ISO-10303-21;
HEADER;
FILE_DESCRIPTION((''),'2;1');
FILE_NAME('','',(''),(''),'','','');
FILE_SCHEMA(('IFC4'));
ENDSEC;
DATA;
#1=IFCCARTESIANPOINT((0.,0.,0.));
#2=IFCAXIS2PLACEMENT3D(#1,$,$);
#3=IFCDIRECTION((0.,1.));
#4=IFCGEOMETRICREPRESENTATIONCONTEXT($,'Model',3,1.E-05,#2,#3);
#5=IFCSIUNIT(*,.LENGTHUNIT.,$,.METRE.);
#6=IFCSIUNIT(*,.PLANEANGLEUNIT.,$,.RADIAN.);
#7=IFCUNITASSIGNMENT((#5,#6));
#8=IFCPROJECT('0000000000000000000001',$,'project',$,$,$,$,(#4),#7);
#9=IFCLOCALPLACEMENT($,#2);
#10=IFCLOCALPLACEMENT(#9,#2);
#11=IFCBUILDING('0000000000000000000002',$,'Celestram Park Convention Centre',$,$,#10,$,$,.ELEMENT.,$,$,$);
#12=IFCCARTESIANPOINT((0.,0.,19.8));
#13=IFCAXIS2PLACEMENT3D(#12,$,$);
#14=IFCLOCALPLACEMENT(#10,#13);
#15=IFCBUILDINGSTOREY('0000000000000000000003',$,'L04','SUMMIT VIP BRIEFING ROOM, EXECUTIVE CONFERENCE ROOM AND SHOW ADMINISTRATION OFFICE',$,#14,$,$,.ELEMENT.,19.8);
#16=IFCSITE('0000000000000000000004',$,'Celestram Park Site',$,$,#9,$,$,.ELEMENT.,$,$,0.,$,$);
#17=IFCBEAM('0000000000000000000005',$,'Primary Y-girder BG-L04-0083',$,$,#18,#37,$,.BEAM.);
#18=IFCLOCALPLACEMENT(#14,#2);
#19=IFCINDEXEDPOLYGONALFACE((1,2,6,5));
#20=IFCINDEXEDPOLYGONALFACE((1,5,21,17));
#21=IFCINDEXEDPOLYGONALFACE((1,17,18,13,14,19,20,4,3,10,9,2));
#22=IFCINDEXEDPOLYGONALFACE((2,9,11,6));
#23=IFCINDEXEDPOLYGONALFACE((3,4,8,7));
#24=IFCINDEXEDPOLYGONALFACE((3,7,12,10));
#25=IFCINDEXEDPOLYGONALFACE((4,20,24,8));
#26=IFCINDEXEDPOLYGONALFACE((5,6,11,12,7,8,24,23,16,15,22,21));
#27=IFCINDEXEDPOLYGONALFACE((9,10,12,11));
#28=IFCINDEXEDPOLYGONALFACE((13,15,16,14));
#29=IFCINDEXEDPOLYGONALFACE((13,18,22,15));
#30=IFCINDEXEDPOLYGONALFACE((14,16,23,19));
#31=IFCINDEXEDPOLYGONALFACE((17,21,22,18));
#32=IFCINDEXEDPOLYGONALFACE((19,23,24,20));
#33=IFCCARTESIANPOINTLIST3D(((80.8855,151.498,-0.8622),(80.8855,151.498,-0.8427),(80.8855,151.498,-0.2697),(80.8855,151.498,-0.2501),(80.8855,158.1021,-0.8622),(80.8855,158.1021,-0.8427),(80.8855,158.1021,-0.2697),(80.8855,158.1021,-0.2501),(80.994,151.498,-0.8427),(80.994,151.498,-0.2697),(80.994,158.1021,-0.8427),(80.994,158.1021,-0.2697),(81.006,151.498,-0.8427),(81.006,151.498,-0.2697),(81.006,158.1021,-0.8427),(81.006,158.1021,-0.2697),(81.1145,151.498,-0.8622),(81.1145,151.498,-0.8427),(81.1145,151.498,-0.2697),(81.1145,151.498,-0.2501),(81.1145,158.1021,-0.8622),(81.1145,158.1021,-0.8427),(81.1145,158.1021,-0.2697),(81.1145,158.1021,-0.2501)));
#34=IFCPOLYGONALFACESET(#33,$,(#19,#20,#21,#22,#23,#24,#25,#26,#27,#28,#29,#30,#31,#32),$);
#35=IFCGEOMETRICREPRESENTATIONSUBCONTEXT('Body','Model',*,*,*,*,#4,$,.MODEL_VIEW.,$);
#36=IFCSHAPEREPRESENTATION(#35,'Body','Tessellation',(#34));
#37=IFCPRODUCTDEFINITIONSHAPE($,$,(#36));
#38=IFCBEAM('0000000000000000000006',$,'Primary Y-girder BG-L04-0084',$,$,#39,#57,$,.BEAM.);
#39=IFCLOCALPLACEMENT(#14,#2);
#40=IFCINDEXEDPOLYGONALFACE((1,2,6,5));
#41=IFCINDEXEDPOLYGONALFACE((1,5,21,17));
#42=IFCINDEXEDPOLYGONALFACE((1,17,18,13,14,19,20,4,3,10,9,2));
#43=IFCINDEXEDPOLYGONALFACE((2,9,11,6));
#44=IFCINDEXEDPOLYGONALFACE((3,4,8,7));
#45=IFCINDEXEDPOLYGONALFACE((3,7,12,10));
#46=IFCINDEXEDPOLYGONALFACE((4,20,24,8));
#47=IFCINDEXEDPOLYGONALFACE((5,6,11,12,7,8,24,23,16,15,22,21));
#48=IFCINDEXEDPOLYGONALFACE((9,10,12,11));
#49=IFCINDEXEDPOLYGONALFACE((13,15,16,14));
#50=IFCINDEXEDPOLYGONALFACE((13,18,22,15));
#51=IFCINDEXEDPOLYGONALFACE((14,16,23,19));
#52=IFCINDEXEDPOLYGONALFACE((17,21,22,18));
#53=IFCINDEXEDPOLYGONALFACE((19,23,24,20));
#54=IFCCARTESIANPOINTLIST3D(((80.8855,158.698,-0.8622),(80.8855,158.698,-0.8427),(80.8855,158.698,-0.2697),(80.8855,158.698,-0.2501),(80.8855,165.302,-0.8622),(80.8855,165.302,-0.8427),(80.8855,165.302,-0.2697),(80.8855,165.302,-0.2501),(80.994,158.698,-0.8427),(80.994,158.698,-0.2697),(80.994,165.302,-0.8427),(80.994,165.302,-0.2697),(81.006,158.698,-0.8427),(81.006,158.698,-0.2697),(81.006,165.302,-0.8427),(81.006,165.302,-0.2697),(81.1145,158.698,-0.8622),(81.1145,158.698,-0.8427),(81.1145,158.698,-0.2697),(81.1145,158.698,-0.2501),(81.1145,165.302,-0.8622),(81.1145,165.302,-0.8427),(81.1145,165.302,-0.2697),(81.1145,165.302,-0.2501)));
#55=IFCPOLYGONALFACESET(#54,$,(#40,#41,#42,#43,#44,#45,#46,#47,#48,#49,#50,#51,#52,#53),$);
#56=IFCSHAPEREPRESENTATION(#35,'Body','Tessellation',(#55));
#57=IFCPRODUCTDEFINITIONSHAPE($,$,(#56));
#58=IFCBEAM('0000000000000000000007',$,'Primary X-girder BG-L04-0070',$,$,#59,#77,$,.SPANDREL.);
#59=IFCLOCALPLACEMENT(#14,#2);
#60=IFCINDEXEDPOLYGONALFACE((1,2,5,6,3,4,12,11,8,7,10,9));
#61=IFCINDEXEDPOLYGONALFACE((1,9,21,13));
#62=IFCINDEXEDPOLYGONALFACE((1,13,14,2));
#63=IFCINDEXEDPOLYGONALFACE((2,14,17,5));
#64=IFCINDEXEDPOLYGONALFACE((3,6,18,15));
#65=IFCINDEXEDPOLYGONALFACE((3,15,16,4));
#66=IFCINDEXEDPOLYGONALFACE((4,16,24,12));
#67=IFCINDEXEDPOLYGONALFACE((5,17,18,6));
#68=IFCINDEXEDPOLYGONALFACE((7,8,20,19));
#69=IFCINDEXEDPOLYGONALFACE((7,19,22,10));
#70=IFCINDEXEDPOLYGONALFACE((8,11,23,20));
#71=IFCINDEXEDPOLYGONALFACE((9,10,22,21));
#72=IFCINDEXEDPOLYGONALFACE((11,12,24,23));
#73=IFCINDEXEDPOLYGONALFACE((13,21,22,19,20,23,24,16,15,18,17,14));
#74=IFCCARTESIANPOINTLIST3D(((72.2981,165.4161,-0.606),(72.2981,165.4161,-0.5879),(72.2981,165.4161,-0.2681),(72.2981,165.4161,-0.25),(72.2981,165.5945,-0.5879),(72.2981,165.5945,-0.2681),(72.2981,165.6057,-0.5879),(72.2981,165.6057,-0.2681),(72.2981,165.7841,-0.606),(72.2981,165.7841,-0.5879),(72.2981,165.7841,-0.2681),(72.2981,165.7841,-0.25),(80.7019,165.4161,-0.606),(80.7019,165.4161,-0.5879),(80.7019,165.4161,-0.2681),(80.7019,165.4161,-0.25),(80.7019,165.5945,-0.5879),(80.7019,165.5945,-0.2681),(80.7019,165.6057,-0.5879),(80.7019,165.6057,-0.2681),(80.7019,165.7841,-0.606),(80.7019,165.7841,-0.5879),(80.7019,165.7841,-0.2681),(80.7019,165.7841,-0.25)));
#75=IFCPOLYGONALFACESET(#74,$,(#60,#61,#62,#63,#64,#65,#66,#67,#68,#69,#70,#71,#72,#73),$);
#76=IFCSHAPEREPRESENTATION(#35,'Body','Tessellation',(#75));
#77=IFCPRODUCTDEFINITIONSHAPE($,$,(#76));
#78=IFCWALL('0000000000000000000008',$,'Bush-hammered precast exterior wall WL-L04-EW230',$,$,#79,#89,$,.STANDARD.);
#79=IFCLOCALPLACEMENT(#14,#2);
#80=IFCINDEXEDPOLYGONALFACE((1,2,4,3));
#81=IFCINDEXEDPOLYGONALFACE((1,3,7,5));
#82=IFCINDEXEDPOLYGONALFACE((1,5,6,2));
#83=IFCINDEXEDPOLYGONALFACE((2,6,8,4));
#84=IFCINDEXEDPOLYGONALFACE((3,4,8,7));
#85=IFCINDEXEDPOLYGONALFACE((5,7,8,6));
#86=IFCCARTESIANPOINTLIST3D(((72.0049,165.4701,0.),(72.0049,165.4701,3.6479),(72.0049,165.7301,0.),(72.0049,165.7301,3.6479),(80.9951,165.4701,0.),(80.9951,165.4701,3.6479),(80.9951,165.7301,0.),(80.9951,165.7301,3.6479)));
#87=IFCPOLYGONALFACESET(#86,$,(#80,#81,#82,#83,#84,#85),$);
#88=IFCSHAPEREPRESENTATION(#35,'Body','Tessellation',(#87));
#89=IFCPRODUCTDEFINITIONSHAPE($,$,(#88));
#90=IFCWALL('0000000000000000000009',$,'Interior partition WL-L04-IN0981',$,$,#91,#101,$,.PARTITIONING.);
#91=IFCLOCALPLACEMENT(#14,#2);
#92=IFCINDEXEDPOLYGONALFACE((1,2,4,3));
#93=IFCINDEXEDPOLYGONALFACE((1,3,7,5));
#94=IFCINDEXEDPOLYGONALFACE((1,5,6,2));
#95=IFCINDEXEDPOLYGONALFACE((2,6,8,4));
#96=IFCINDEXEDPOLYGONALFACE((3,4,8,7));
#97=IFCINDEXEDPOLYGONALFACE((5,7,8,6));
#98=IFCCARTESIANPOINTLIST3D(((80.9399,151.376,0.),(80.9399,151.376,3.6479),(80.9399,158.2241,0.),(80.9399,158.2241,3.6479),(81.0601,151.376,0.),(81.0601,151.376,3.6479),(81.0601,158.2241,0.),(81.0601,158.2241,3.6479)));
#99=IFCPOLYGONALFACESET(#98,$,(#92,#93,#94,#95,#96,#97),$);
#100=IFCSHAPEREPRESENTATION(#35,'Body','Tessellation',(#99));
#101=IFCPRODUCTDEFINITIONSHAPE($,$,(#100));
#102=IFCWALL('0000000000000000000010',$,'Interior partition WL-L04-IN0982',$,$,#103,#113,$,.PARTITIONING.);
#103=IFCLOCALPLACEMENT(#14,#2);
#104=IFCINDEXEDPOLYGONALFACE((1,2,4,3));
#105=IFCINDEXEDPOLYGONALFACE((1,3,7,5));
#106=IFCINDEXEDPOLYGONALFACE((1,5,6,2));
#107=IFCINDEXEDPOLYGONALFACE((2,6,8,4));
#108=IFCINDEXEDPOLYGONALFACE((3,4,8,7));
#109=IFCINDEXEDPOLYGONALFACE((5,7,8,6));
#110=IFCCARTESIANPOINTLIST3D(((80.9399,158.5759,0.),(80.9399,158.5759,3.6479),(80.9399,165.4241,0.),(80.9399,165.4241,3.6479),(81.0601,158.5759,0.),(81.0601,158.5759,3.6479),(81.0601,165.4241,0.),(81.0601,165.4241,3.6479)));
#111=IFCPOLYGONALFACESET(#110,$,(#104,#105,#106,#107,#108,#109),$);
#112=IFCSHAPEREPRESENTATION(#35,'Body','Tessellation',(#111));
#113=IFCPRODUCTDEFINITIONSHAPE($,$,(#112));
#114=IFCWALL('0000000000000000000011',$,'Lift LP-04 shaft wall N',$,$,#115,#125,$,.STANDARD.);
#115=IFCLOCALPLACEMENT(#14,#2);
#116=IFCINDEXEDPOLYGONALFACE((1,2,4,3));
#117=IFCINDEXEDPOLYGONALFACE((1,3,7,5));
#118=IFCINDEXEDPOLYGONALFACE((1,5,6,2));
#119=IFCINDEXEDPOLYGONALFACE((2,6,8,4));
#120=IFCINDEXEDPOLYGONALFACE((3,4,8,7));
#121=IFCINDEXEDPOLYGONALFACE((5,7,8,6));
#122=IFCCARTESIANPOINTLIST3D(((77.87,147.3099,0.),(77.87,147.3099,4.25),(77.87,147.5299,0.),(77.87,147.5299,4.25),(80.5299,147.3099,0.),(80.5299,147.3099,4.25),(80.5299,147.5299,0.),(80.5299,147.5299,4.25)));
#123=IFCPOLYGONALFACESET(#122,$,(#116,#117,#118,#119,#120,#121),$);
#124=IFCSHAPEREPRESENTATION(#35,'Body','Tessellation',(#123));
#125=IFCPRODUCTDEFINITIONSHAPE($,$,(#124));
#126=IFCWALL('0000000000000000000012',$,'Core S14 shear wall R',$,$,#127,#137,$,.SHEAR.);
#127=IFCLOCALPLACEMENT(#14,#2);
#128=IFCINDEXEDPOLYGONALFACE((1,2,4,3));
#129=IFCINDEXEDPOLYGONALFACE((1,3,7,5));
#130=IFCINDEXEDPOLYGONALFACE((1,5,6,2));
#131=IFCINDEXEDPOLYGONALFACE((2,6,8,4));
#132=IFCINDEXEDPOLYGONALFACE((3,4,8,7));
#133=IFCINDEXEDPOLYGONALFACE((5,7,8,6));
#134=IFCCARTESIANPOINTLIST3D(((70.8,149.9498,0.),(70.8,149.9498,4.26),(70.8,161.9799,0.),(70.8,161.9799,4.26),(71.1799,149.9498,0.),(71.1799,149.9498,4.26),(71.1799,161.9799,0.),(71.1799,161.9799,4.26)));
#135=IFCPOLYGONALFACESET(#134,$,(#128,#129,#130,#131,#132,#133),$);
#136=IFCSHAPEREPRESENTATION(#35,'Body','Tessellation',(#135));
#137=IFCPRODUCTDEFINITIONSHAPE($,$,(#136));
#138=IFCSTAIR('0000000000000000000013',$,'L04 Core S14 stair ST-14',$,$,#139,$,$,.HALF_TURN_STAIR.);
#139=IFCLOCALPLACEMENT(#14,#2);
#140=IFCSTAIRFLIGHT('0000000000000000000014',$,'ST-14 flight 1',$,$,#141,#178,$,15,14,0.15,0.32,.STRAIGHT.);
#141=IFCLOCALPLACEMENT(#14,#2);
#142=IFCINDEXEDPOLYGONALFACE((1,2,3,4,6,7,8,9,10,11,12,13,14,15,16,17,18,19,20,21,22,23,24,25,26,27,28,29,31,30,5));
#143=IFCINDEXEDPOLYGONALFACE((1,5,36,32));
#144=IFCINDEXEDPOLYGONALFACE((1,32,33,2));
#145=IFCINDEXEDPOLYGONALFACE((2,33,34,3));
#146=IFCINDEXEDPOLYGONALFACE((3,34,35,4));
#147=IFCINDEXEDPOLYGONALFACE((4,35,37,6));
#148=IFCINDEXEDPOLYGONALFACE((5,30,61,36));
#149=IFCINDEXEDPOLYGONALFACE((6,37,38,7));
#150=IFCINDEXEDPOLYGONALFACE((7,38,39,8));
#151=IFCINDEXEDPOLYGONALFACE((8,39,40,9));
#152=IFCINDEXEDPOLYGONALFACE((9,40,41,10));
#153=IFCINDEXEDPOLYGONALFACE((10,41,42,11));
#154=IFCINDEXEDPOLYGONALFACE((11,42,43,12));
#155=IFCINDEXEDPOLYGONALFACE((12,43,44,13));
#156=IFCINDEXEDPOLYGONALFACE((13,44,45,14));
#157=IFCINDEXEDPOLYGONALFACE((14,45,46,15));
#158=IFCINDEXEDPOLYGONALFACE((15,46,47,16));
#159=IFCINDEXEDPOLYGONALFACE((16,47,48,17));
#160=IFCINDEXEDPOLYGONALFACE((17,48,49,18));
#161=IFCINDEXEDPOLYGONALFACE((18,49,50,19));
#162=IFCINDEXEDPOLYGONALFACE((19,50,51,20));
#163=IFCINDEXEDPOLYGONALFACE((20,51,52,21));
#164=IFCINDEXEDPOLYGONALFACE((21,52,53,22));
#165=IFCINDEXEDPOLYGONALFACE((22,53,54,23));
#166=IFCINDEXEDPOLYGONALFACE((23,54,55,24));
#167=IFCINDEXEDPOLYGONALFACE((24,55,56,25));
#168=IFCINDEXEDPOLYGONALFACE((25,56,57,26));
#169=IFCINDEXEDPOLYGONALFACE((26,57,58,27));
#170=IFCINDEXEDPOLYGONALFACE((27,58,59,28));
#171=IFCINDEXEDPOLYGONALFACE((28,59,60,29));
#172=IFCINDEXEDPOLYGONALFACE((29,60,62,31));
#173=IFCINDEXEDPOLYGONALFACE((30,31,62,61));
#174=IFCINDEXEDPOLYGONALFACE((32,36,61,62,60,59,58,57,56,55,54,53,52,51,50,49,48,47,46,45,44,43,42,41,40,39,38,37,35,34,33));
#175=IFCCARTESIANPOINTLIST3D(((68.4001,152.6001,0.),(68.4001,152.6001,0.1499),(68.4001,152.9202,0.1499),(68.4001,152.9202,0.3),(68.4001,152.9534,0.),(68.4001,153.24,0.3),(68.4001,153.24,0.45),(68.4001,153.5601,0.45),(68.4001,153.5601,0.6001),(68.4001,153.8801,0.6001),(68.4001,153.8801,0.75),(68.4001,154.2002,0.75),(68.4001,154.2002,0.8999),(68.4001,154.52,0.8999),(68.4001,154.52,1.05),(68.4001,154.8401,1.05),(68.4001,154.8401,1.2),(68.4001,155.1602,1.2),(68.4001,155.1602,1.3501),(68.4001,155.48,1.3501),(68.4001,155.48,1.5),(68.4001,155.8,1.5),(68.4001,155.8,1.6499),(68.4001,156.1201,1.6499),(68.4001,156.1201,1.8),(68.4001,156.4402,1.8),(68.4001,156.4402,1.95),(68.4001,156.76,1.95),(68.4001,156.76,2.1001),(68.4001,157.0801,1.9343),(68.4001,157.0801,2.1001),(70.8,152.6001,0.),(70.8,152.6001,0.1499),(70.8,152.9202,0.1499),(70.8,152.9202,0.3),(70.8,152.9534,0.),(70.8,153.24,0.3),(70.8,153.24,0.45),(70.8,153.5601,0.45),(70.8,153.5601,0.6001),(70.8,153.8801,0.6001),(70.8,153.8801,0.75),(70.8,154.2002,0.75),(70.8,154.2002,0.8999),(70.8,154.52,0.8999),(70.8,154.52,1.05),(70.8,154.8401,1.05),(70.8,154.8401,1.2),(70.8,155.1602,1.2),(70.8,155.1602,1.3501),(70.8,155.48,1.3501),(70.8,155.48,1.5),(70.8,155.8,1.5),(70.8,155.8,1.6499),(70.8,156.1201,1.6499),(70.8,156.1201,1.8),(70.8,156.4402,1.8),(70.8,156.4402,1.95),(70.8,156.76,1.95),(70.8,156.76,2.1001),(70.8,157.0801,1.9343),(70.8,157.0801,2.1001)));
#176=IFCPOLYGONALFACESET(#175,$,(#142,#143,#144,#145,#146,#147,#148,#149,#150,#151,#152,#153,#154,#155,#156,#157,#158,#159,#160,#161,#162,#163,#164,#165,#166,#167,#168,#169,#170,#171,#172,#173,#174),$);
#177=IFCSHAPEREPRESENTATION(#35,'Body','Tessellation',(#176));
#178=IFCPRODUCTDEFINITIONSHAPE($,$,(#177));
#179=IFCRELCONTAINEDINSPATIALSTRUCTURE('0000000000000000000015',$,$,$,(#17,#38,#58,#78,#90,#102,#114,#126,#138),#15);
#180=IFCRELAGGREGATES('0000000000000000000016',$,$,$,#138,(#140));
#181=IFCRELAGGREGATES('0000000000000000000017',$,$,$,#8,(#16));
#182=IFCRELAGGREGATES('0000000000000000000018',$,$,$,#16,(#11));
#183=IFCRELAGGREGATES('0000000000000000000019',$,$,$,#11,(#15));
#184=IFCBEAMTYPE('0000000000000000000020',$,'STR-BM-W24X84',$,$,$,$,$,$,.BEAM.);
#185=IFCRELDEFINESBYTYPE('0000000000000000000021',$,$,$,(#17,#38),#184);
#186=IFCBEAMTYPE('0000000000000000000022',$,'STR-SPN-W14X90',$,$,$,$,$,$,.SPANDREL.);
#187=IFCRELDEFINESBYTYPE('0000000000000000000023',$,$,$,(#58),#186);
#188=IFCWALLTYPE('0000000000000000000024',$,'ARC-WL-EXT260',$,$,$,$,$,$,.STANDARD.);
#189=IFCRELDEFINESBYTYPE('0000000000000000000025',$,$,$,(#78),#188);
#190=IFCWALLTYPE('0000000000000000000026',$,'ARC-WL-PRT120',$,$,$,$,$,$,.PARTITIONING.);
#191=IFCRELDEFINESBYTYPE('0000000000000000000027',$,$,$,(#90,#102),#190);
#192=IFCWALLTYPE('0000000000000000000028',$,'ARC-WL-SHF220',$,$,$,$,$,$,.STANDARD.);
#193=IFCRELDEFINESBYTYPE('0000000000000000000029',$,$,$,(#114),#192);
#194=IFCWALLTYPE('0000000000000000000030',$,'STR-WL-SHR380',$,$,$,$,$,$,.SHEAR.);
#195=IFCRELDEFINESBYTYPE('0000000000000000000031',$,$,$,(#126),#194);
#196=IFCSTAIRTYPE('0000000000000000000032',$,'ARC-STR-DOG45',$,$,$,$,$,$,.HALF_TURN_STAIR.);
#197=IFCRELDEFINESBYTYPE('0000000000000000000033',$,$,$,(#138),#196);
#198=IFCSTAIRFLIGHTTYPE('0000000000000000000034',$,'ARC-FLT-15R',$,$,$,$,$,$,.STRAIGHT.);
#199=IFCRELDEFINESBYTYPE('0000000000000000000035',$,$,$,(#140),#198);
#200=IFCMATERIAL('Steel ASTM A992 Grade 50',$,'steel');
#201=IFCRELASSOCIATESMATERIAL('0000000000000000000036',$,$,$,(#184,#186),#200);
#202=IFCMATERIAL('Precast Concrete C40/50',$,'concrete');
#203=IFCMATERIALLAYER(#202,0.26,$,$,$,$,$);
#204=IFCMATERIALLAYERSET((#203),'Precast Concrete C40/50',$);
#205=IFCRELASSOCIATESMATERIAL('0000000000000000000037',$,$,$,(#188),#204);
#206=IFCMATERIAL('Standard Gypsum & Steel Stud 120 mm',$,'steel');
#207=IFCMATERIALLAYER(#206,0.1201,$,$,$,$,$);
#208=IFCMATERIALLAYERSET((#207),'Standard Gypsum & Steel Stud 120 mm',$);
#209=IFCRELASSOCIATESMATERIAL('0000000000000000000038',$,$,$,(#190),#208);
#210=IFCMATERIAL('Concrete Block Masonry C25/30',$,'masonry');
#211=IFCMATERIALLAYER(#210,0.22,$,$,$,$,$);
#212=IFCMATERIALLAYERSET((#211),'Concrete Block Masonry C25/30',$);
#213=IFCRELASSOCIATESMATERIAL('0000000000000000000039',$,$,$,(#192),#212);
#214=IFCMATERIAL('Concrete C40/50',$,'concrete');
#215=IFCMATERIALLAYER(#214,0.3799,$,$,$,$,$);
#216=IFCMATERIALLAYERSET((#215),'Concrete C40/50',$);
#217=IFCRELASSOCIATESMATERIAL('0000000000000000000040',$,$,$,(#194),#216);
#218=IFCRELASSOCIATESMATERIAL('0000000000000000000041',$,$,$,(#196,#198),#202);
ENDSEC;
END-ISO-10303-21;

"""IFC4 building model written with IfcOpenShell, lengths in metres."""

from ifc_helpers import new_model, si_unit, direction, frame, frame_2d, origin, origin_2d, place, context, subcontext, project, spatial, polyline, rectangle, i_section, outline, extrude, material, layer, layer_set, material_profile, profile_set, type_object, element, aggregate, save


model = new_model("IFC4")

# Units and contexts
model_context = context("Model", 3, precision=1e-05, world=origin(), true_north=direction((0.0, 1.0)))
body_context = subcontext(model_context, "Body", "Model", "MODEL_VIEW")
ifc_project = project(units=[si_unit("LENGTHUNIT", "METRE"), si_unit("PLANEANGLEUNIT", "RADIAN")], contexts=[model_context])

# Site, building, storey
site_placement = place(None, origin())
site = spatial("IfcSite", under=ifc_project, at=site_placement, Name="Celestram Park Site", CompositionType="ELEMENT", RefElevation=0.0)
building_placement = place(site_placement, origin())
building = spatial("IfcBuilding", under=site, at=building_placement, Name="Celestram Park Convention Centre", CompositionType="ELEMENT")
storey_placement = place(building_placement, frame((0.0, 0.0, 19.8)))
storey = spatial("IfcBuildingStorey", under=building, at=storey_placement, Name="L04", Description="SUMMIT VIP BRIEFING ROOM, EXECUTIVE CONFERENCE ROOM AND SHOW ADMINISTRATION OFFICE", CompositionType="ELEMENT", Elevation=19.8)

# Shared definitions
ifc_material_1 = material(Name="Steel ASTM A992 Grade 50", Category="steel")

# Beams
ifc_material_profile_1 = material_profile(ifc_material_1, i_section(OverallWidth=0.229, OverallDepth=0.6121, WebThickness=0.012, FlangeThickness=0.0195, at=origin_2d()), Name="W24X84")
ifc_profile_set_1 = profile_set([ifc_material_profile_1], Name="Steel ASTM A992 Grade 50")
beam_type_1 = type_object("IfcBeamType", Name="STR-BM-W24X84", PredefinedType="BEAM", material=ifc_profile_set_1)
for number, where, z_axis, x_axis, name in (
    (1, (81.0, 151.498, -0.5562), (0.0, 1.0, 0.0), (-1.0, 0.0, 0.0), "Primary Y-girder BG-L04-0083"),
    (2, (81.0, 158.698, -0.5562), (0.0, 1.0, 0.0), (-1.0, 0.0, 0.0), "Primary Y-girder BG-L04-0084"),
):
    element("IfcBeam", number, at=place(storey_placement, frame(where, z_axis=z_axis, x_axis=x_axis)), inside=storey, type_object=beam_type_1, Name=name, PredefinedType="BEAM", context=body_context, shape_type="SweptSolid", body=[
        extrude(i_section(OverallWidth=0.229, OverallDepth=0.6121, WebThickness=0.012, FlangeThickness=0.0195, at=origin_2d()), origin(), (0.0, 0.0, 1.0), 6.604),
    ])
ifc_material_profile_2 = material_profile(ifc_material_1, i_section(OverallWidth=0.3679, OverallDepth=0.356, WebThickness=0.0112, FlangeThickness=0.0181, at=origin_2d()), Name="W14X90")
ifc_profile_set_2 = profile_set([ifc_material_profile_2], Name="Steel ASTM A992 Grade 50")
beam_type_2 = type_object("IfcBeamType", Name="STR-SPN-W14X90", PredefinedType="SPANDREL", material=ifc_profile_set_2)
beam_1_placement = place(storey_placement, frame((72.2981, 165.6001, -0.428), z_axis=(1.0, 0.0, 0.0), x_axis=(0.0, 1.0, 0.0)))
element("IfcBeam", 3, at=beam_1_placement, inside=storey, type_object=beam_type_2, Name="Primary X-girder BG-L04-0070", PredefinedType="SPANDREL", context=body_context, shape_type="SweptSolid", body=[
    extrude(i_section(OverallWidth=0.3679, OverallDepth=0.356, WebThickness=0.0112, FlangeThickness=0.0181, at=origin_2d()), origin(), (0.0, 0.0, 1.0), 8.4038),
])

# Walls
ifc_material_2 = material(Name="Precast Concrete C40/50", Category="concrete")
ifc_layer_1 = layer(ifc_material_2, 0.26)
ifc_layer_set_1 = layer_set([ifc_layer_1], Name="Precast Concrete C40/50")
wall_type_1 = type_object("IfcWallType", Name="ARC-WL-EXT260", PredefinedType="STANDARD", material=ifc_layer_set_1)
wall_1_placement = place(storey_placement, frame((72.0049, 165.6001, 0.0), z_axis=(0.0, 0.0, 1.0), x_axis=(1.0, 0.0, 0.0)))
element("IfcWall", 4, at=wall_1_placement, inside=storey, type_object=wall_type_1, Name="Bush-hammered precast exterior wall WL-L04-EW230", PredefinedType="STANDARD", context=body_context, shape_type="SweptSolid", body=[
    extrude(rectangle(XDim=8.9902, YDim=0.26, at=frame_2d((4.4951, 0.0))), origin(), (0.0, 0.0, 1.0), 3.6479),
])
ifc_material_3 = material(Name="Standard Gypsum & Steel Stud 120 mm", Category="steel")
ifc_layer_2 = layer(ifc_material_3, 0.1201)
ifc_layer_set_2 = layer_set([ifc_layer_2], Name="Standard Gypsum & Steel Stud 120 mm")
wall_type_2 = type_object("IfcWallType", Name="ARC-WL-PRT120", PredefinedType="PARTITIONING", material=ifc_layer_set_2)
for number, where, z_axis, x_axis, name in (
    (5, (81.0, 151.376, 0.0), (0.0, 0.0, 1.0), (0.0, 1.0, 0.0), "Interior partition WL-L04-IN0981"),
    (6, (81.0, 158.5759, 0.0), (0.0, 0.0, 1.0), (0.0, 1.0, 0.0), "Interior partition WL-L04-IN0982"),
):
    element("IfcWall", number, at=place(storey_placement, frame(where, z_axis=z_axis, x_axis=x_axis)), inside=storey, type_object=wall_type_2, Name=name, PredefinedType="PARTITIONING", context=body_context, shape_type="SweptSolid", body=[
        extrude(rectangle(XDim=6.8481, YDim=0.1201, at=frame_2d((3.4241, 0.0))), origin(), (0.0, 0.0, 1.0), 3.6479),
    ])
ifc_material_4 = material(Name="Concrete Block Masonry C25/30", Category="masonry")
ifc_layer_3 = layer(ifc_material_4, 0.22)
ifc_layer_set_3 = layer_set([ifc_layer_3], Name="Concrete Block Masonry C25/30")
wall_type_3 = type_object("IfcWallType", Name="ARC-WL-SHF220", PredefinedType="STANDARD", material=ifc_layer_set_3)
wall_2_placement = place(storey_placement, frame((80.53, 147.4199, 0.0), z_axis=(0.0, 0.0, 1.0), x_axis=(-1.0, 0.0, 0.0)))
element("IfcWall", 7, at=wall_2_placement, inside=storey, type_object=wall_type_3, Name="Lift LP-04 shaft wall N", PredefinedType="STANDARD", context=body_context, shape_type="SweptSolid", body=[
    extrude(rectangle(XDim=2.6599, YDim=0.22, at=frame_2d((1.3301, 0.0))), origin(), (0.0, 0.0, 1.0), 4.25),
])
ifc_material_5 = material(Name="Concrete C40/50", Category="concrete")
ifc_layer_4 = layer(ifc_material_5, 0.3799)
ifc_layer_set_4 = layer_set([ifc_layer_4], Name="Concrete C40/50")
wall_type_4 = type_object("IfcWallType", Name="STR-WL-SHR380", PredefinedType="SHEAR", material=ifc_layer_set_4)
wall_3_placement = place(storey_placement, frame((70.99, 161.98, 0.0), z_axis=(0.0, 0.0, 1.0), x_axis=(0.0, -1.0, 0.0)))
element("IfcWall", 8, at=wall_3_placement, inside=storey, type_object=wall_type_4, Name="Core S14 shear wall R", PredefinedType="SHEAR", context=body_context, shape_type="SweptSolid", body=[
    extrude(rectangle(XDim=12.03, YDim=0.3799, at=frame_2d((6.0151, 0.0))), origin(), (0.0, 0.0, 1.0), 4.26),
])

# Stair, stair flight
stair_type = type_object("IfcStairType", Name="ARC-STR-DOG45", PredefinedType="HALF_TURN_STAIR", material=ifc_material_2)
stair_placement = place(storey_placement, origin())
stair = element("IfcStair", 9, at=stair_placement, inside=storey, type_object=stair_type, Name="L04 Core S14 stair ST-14", PredefinedType="HALF_TURN_STAIR")
stair_flight_type = type_object("IfcStairFlightType", Name="ARC-FLT-15R", PredefinedType="STRAIGHT", material=ifc_material_2)
stair_flight_placement = place(storey_placement, frame((69.6001, 152.6001, 0.0), z_axis=(0.0, 0.0, 1.0), x_axis=(0.0, 1.0, 0.0)))
stair_flight = element("IfcStairFlight", 10, at=stair_flight_placement, type_object=stair_flight_type, Name="ST-14 flight 1", NumberOfRisers=15, NumberOfTreads=14, PredefinedType="STRAIGHT", RiserHeight=0.15, TreadLength=0.32, context=body_context, shape_type="SweptSolid", body=[
    extrude(outline(polyline([(0.0, 0.0), (0.0, 0.1499), (0.3201, 0.1499), (0.3201, 0.3), (0.6399, 0.3), (0.6399, 0.45), (0.96, 0.45), (0.96, 0.6001), (1.28, 0.6001), (1.28, 0.75), (1.6001, 0.75), (1.6001, 0.8999), (1.9199, 0.8999), (1.9199, 1.05), (2.24, 1.05), (2.24, 1.2), (2.5601, 1.2), (2.5601, 1.3501), (2.8799, 1.3501), (2.8799, 1.5), (3.2, 1.5), (3.2, 1.6499), (3.52, 1.6499), (3.52, 1.8), (3.8401, 1.8), (3.8401, 1.95), (4.1599, 1.95), (4.1599, 2.1001), (4.48, 2.1001), (4.48, 2.25), (4.48, 1.9343), (0.3533, 0.0), (0.0, 0.0)])), frame((0.0, 1.2, 0.0), z_axis=(0.0, -1.0, 0.0), x_axis=(1.0, 0.0, 0.0)), (0.0, 0.0, 1.0), 2.3999),
])
aggregate(stair, [stair_flight])

save(model, "model.ifc")
